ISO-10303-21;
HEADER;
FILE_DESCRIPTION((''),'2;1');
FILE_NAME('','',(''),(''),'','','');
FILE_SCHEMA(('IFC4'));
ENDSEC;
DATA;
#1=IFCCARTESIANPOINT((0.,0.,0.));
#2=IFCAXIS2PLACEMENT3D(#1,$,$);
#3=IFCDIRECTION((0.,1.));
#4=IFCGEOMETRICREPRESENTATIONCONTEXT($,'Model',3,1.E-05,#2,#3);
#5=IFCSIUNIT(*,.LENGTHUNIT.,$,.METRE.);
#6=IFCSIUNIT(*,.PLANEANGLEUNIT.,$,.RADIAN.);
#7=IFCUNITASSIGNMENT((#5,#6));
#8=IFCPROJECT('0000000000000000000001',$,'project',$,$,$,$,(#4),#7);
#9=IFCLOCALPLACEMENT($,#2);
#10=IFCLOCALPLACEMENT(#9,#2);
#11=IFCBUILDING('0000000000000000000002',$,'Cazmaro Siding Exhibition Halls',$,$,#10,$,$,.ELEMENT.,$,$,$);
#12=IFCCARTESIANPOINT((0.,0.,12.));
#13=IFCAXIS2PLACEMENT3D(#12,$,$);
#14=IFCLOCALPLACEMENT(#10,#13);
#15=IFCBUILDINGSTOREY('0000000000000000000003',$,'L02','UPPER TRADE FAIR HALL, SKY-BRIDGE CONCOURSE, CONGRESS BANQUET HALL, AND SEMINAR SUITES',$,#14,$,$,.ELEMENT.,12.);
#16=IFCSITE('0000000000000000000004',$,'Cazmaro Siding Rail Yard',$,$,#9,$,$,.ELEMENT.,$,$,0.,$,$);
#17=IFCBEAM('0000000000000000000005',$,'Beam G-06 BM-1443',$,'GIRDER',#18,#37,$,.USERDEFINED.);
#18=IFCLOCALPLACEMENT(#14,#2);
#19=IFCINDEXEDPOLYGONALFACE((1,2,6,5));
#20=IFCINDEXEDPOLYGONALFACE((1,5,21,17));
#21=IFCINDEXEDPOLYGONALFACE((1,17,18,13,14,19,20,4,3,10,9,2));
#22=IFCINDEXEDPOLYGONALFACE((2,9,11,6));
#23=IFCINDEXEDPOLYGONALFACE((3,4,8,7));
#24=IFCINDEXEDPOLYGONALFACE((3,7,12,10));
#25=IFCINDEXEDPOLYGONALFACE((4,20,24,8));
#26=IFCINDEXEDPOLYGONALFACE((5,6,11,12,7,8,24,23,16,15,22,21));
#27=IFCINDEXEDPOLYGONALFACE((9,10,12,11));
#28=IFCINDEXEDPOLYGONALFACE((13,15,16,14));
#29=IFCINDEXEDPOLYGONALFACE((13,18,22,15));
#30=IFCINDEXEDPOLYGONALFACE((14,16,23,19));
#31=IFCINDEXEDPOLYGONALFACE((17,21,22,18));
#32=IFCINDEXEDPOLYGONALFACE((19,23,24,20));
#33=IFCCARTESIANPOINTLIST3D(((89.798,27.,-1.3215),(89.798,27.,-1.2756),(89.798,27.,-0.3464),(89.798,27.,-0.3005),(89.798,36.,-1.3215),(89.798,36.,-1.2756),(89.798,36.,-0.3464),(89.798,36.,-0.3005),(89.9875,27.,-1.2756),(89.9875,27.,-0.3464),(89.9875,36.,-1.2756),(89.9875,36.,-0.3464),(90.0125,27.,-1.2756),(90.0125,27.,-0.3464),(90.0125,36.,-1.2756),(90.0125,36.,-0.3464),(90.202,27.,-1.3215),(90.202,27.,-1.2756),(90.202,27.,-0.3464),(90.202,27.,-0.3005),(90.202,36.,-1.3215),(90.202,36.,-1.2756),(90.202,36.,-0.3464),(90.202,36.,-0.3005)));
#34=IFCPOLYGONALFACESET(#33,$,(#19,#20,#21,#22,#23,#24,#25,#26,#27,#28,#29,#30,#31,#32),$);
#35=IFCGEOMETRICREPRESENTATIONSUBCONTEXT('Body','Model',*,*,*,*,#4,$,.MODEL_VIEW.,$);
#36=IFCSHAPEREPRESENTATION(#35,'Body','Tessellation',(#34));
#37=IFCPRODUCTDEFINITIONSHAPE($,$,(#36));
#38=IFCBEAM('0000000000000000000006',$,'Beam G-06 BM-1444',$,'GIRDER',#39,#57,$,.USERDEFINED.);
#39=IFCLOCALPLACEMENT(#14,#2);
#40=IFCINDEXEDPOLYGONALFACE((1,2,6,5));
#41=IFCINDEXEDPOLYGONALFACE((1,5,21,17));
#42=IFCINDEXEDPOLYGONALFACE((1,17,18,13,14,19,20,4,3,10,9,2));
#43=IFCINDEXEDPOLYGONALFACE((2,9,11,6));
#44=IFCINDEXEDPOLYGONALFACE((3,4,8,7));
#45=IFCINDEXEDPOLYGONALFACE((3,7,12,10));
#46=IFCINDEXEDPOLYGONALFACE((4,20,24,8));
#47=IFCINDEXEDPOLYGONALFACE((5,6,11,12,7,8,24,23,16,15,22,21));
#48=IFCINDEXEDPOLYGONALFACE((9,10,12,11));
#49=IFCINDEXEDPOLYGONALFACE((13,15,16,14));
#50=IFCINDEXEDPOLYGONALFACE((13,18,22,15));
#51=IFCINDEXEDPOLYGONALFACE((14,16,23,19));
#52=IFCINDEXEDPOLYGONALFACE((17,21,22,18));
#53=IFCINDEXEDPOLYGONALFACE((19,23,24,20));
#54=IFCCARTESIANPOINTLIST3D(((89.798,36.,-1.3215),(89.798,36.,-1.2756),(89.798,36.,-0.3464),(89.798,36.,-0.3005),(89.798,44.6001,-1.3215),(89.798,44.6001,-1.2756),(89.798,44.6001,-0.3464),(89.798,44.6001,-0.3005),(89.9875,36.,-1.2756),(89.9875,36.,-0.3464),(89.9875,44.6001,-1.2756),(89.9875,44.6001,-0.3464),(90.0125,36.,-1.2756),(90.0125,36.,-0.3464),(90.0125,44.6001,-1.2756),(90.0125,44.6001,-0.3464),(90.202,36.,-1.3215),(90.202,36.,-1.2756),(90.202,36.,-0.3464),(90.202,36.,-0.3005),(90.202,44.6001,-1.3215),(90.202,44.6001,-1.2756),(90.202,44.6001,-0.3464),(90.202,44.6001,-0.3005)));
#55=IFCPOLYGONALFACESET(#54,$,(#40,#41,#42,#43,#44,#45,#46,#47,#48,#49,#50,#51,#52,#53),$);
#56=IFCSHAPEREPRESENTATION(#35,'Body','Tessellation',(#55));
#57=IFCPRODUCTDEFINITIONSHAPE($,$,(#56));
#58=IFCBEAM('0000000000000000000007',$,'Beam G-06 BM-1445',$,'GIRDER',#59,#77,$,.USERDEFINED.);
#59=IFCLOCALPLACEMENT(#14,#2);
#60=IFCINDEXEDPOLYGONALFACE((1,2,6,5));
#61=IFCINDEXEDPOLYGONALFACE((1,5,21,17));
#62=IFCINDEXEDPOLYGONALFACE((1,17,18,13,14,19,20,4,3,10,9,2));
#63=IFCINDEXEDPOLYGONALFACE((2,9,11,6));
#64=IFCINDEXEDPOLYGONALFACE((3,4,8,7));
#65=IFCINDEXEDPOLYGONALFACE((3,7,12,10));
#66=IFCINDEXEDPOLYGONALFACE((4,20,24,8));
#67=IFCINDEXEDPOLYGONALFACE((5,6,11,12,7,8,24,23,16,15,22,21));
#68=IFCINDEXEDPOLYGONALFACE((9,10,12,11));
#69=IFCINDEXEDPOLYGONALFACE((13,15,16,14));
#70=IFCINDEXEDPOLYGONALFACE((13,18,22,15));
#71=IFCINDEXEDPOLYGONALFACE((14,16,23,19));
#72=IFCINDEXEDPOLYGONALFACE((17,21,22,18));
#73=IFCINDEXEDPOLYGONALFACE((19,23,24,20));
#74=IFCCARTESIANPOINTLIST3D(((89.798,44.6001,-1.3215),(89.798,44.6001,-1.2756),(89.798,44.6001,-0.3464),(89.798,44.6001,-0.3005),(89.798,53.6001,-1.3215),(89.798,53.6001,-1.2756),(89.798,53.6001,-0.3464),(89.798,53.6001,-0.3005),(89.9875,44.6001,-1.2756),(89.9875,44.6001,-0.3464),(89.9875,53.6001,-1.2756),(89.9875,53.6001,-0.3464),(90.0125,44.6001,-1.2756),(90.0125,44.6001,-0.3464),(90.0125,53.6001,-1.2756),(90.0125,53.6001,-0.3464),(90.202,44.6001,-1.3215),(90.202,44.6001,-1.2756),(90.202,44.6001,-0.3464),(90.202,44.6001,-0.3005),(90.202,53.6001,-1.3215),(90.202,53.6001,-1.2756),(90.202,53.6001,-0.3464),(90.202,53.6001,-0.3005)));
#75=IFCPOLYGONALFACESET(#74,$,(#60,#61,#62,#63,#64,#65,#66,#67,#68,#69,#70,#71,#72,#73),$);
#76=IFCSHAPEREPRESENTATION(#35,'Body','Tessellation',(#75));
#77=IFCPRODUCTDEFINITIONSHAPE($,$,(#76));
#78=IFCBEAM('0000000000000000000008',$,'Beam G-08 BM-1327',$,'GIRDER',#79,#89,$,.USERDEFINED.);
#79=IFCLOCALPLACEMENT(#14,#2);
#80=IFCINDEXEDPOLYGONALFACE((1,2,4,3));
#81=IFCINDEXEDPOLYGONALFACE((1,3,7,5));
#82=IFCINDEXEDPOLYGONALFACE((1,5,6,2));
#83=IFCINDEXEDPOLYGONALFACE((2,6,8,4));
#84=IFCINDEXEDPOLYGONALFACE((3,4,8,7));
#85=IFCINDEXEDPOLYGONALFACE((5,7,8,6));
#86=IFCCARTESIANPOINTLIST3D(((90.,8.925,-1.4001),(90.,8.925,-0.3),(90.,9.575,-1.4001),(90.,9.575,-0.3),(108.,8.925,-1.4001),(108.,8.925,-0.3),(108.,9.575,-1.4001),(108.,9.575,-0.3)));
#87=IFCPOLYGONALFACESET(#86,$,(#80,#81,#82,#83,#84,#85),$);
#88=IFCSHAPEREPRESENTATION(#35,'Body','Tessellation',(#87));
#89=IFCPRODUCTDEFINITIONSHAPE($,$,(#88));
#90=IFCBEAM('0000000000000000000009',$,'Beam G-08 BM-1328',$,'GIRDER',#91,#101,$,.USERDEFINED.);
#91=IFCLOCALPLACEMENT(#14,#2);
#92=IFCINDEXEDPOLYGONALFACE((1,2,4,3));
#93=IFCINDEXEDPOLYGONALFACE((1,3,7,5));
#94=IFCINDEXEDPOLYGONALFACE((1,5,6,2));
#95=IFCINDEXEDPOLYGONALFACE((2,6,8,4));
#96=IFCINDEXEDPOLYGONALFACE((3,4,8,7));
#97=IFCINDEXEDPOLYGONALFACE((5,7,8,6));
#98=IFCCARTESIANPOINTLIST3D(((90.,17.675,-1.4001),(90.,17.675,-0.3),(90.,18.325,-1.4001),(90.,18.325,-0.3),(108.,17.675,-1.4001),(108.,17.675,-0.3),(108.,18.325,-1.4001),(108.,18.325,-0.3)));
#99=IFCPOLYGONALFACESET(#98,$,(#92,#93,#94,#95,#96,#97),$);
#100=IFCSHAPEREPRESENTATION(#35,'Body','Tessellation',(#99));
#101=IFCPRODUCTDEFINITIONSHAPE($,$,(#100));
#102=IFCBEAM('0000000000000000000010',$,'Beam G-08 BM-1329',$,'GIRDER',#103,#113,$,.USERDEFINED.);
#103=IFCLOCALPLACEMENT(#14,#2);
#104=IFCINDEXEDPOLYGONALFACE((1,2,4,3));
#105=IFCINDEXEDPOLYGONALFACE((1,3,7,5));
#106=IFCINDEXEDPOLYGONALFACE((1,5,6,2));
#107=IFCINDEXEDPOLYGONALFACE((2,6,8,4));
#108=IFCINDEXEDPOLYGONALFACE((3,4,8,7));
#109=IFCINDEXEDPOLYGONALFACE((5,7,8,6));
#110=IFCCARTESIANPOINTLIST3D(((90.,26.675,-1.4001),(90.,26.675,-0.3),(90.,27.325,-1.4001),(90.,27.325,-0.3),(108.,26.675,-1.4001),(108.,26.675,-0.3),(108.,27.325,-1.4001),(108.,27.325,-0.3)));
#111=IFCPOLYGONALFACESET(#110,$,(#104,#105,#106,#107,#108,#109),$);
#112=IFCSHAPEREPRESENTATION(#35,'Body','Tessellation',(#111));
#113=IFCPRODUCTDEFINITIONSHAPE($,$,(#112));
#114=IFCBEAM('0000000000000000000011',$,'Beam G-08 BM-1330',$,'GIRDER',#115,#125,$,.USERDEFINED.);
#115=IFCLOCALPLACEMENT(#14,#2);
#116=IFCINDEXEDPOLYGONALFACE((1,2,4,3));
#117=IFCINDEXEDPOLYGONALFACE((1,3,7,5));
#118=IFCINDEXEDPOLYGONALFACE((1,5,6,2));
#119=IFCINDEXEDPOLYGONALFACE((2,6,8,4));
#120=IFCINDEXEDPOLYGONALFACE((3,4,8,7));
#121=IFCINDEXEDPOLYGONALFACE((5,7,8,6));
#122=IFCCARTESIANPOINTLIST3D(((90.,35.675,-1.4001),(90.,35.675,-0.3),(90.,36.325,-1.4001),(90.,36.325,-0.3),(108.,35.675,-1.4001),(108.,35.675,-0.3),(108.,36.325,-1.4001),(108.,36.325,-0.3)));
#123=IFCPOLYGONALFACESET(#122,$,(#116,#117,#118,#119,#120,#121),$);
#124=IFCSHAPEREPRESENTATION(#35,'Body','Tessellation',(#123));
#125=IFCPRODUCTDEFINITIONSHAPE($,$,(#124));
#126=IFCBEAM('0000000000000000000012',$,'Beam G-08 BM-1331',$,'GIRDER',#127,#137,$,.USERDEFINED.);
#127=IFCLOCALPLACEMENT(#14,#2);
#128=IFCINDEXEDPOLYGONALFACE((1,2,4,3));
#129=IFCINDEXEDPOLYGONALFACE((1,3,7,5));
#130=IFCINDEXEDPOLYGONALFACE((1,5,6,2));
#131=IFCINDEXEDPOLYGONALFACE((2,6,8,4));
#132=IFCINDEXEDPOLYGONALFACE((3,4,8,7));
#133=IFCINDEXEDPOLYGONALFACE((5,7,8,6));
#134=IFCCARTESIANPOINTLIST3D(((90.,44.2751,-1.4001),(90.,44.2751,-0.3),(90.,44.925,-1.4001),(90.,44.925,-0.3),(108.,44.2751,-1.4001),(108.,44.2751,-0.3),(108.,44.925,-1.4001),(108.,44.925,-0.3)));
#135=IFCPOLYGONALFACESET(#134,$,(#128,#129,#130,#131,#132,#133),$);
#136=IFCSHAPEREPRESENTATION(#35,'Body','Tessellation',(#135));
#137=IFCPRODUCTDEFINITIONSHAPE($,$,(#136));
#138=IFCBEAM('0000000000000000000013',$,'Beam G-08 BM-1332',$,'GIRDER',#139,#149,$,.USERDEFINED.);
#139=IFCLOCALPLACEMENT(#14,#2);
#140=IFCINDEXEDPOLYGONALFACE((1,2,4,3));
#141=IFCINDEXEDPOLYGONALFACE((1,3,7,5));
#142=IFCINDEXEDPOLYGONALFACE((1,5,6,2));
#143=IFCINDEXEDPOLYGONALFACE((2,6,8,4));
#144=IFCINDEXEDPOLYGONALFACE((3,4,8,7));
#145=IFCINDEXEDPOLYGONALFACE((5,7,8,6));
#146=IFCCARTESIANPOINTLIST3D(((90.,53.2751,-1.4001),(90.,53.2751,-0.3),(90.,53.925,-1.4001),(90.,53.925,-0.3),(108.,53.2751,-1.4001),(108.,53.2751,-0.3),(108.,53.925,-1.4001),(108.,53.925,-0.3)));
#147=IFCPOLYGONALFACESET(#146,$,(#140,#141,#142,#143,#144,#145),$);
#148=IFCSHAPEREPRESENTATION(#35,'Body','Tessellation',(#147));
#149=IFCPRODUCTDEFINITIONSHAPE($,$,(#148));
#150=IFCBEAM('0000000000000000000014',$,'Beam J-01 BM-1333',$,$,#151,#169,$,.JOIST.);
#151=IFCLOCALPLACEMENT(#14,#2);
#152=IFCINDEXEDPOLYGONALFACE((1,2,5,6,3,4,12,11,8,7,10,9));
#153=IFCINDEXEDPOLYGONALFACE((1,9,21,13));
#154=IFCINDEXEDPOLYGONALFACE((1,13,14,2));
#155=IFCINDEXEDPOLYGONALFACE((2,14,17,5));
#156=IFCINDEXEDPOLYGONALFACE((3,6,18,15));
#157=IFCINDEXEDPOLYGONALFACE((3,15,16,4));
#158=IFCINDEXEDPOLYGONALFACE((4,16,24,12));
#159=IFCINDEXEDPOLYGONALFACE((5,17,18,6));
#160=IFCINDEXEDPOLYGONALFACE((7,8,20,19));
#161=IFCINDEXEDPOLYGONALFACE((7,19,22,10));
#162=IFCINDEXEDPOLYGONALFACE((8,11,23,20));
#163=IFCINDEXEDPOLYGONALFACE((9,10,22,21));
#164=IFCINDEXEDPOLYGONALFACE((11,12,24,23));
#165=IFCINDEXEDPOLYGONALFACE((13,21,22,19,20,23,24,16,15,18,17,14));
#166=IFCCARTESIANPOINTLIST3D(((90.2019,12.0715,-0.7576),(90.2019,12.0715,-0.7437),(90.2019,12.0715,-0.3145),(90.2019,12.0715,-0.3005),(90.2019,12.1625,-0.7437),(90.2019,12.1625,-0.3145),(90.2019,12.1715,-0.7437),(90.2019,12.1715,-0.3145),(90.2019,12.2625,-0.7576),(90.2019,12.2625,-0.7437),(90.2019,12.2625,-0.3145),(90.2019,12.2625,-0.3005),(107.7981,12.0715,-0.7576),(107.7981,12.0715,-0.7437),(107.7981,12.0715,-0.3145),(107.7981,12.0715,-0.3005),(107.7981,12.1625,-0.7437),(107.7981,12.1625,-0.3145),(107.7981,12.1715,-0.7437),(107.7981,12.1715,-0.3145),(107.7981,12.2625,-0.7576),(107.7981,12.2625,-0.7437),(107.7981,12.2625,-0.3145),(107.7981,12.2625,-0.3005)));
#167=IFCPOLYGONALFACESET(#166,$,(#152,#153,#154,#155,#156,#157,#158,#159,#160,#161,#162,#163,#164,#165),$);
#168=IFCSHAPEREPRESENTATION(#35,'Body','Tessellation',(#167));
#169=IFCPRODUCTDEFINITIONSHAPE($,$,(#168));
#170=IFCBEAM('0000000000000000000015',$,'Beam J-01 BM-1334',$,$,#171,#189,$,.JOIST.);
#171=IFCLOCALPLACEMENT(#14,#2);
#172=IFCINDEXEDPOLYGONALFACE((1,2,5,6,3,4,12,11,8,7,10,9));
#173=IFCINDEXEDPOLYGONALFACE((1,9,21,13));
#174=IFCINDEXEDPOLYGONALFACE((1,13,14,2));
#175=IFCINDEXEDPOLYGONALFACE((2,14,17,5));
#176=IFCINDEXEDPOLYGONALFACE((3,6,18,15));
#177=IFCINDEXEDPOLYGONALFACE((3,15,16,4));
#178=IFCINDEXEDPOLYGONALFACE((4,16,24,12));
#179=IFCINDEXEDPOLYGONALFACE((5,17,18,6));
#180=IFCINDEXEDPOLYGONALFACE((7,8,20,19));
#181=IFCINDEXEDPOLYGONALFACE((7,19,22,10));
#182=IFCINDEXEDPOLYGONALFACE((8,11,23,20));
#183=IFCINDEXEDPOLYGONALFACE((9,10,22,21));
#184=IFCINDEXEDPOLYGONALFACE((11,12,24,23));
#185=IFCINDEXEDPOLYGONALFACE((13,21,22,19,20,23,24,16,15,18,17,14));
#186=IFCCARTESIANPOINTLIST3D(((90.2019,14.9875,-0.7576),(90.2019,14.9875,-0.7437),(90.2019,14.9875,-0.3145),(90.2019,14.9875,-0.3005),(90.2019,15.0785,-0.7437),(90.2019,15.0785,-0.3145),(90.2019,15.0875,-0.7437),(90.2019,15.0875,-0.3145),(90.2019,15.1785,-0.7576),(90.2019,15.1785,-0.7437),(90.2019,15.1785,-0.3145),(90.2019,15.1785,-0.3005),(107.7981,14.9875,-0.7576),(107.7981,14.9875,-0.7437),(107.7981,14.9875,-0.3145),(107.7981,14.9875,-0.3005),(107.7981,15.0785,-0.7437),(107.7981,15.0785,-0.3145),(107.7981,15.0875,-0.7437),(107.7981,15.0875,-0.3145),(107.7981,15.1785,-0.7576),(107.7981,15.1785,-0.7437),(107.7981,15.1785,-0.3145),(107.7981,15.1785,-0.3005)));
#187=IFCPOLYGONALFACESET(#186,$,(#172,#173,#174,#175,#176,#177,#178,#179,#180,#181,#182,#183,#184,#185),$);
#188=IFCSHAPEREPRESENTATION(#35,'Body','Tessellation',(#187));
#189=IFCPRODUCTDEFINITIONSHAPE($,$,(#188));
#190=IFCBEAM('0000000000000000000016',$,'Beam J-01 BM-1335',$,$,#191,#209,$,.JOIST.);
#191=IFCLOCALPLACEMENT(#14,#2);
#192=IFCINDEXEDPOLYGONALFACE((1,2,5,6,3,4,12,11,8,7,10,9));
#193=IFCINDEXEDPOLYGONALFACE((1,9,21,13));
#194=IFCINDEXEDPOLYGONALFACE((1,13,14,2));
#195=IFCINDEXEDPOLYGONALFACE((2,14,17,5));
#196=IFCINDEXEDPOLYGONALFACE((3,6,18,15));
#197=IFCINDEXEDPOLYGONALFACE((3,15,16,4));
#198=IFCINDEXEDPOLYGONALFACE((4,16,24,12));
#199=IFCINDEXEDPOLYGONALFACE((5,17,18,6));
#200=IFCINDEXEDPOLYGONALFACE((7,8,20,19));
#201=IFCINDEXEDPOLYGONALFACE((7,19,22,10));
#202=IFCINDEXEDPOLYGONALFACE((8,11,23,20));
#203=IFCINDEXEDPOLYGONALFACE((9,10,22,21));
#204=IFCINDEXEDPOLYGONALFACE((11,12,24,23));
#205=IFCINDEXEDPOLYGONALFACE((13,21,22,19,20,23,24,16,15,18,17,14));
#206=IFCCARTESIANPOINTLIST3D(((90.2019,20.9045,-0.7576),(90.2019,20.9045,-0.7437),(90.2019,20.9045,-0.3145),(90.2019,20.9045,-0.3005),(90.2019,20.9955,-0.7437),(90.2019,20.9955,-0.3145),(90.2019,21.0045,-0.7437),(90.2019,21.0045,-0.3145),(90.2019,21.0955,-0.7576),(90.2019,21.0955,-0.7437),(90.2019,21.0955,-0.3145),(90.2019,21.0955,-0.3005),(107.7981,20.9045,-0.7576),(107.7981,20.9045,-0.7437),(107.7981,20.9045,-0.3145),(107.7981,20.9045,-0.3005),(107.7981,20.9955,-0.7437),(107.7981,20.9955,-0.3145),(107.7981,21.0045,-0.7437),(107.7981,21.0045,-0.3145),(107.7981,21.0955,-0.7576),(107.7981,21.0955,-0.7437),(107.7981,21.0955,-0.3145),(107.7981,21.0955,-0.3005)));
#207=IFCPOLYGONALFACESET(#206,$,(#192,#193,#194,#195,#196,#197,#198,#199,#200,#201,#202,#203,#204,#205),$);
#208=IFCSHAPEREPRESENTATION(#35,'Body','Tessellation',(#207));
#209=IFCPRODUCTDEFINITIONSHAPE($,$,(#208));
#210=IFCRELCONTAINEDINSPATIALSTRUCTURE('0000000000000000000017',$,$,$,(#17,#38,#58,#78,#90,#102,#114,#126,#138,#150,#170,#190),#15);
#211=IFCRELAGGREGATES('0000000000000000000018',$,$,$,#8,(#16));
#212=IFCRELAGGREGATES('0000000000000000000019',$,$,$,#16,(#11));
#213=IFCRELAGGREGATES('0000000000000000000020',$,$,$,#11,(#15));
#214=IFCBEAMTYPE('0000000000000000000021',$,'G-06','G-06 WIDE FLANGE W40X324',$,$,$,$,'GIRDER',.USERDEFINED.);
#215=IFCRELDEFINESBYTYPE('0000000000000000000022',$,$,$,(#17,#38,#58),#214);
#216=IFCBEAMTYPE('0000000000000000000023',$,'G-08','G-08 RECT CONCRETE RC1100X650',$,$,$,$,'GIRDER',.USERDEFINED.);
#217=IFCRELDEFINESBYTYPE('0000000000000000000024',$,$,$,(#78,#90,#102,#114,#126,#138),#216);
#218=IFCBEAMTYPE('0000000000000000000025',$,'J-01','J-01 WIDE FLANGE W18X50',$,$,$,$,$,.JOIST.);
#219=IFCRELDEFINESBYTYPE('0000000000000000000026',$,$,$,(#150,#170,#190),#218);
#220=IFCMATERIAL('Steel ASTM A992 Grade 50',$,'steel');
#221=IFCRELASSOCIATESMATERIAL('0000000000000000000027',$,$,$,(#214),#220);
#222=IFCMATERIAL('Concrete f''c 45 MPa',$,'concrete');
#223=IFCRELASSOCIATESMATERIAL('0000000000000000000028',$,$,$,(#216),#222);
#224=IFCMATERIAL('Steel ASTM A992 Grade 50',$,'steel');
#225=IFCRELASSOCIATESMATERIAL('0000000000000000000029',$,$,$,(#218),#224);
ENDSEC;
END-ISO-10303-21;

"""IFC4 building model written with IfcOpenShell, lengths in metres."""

from ifc_helpers import new_model, si_unit, direction, frame, origin, origin_2d, place, context, subcontext, project, spatial, rectangle, i_section, extrude, material, material_profile, profile_set, type_object, element, save


model = new_model("IFC4")

# Units and contexts
model_context = context("Model", 3, precision=1e-05, world=origin(), true_north=direction((0.0, 1.0)))
body_context = subcontext(model_context, "Body", "Model", "MODEL_VIEW")
ifc_project = project(units=[si_unit("LENGTHUNIT", "METRE"), si_unit("PLANEANGLEUNIT", "RADIAN")], contexts=[model_context])

# Site, building, storey
site_placement = place(None, origin())
site = spatial("IfcSite", under=ifc_project, at=site_placement, Name="Cazmaro Siding Rail Yard", CompositionType="ELEMENT", RefElevation=0.0)
building_placement = place(site_placement, origin())
building = spatial("IfcBuilding", under=site, at=building_placement, Name="Cazmaro Siding Exhibition Halls", CompositionType="ELEMENT")
storey_placement = place(building_placement, frame((0.0, 0.0, 12.0)))
storey = spatial("IfcBuildingStorey", under=building, at=storey_placement, Name="L02", Description="UPPER TRADE FAIR HALL, SKY-BRIDGE CONCOURSE, CONGRESS BANQUET HALL, AND SEMINAR SUITES", CompositionType="ELEMENT", Elevation=12.0)

# Beams
ifc_material_1 = material(Name="Steel ASTM A992 Grade 50", Category="steel")
ifc_material_profile_1 = material_profile(ifc_material_1, i_section(OverallWidth=0.4041, OverallDepth=1.021, WebThickness=0.0249, FlangeThickness=0.0459, at=origin_2d()), Name="W40X324")
ifc_profile_set_1 = profile_set([ifc_material_profile_1], Name="Steel ASTM A992 Grade 50")
beam_type_1 = type_object("IfcBeamType", Name="G-06", Description="G-06 WIDE FLANGE W40X324", ElementType="GIRDER", PredefinedType="USERDEFINED", material=ifc_profile_set_1)
for number, where, z_axis, x_axis, name in (
    (1, (90.0, 27.0, -0.811), (0.0, 1.0, 0.0), (-1.0, 0.0, 0.0), "Beam G-06 BM-1443"),
):
    element("IfcBeam", number, at=place(storey_placement, frame(where, z_axis=z_axis, x_axis=x_axis)), inside=storey, type_object=beam_type_1, Name=name, ObjectType="GIRDER", PredefinedType="USERDEFINED", context=body_context, shape_type="SweptSolid", body=[
        extrude(i_section(OverallWidth=0.4041, OverallDepth=1.021, WebThickness=0.0249, FlangeThickness=0.0459, at=origin_2d()), origin(), (0.0, 0.0, 1.0), 9.0),
    ])
beam_1_placement = place(storey_placement, frame((90.0, 36.0, -0.811), z_axis=(0.0, 1.0, 0.0), x_axis=(-1.0, 0.0, 0.0)))
element("IfcBeam", 2, at=beam_1_placement, inside=storey, type_object=beam_type_1, Name="Beam G-06 BM-1444", ObjectType="GIRDER", PredefinedType="USERDEFINED", context=body_context, shape_type="SweptSolid", body=[
    extrude(i_section(OverallWidth=0.4041, OverallDepth=1.021, WebThickness=0.0249, FlangeThickness=0.0459, at=origin_2d()), origin(), (0.0, 0.0, 1.0), 8.6001),
])
beam_2_placement = place(storey_placement, frame((90.0, 44.6001, -0.811), z_axis=(0.0, 1.0, 0.0), x_axis=(-1.0, 0.0, 0.0)))
element("IfcBeam", 3, at=beam_2_placement, inside=storey, type_object=beam_type_1, Name="Beam G-06 BM-1445", ObjectType="GIRDER", PredefinedType="USERDEFINED", context=body_context, shape_type="SweptSolid", body=[
    extrude(i_section(OverallWidth=0.4041, OverallDepth=1.021, WebThickness=0.0249, FlangeThickness=0.0459, at=origin_2d()), origin(), (0.0, 0.0, 1.0), 9.0),
])
ifc_material_2 = material(Name="Concrete f'c 45 MPa", Category="concrete")
ifc_material_profile_2 = material_profile(ifc_material_2, rectangle(XDim=0.6499, YDim=1.1001, at=origin_2d()), Name="RC1100X650")
ifc_profile_set_2 = profile_set([ifc_material_profile_2], Name="Concrete f'c 45 MPa")
beam_type_2 = type_object("IfcBeamType", Name="G-08", Description="G-08 RECT CONCRETE RC1100X650", ElementType="GIRDER", PredefinedType="USERDEFINED", material=ifc_profile_set_2)
for number, where, z_axis, x_axis, name in (
    (4, (90.0, 9.25, -0.8501), (1.0, 0.0, 0.0), (0.0, 1.0, 0.0), "Beam G-08 BM-1327"),
    (5, (90.0, 18.0, -0.8501), (1.0, 0.0, 0.0), (0.0, 1.0, 0.0), "Beam G-08 BM-1328"),
    (6, (90.0, 27.0, -0.8501), (1.0, 0.0, 0.0), (0.0, 1.0, 0.0), "Beam G-08 BM-1329"),
    (7, (90.0, 36.0, -0.8501), (1.0, 0.0, 0.0), (0.0, 1.0, 0.0), "Beam G-08 BM-1330"),
    (8, (90.0, 44.6001, -0.8501), (1.0, 0.0, 0.0), (0.0, 1.0, 0.0), "Beam G-08 BM-1331"),
    (9, (90.0, 53.6001, -0.8501), (1.0, 0.0, 0.0), (0.0, 1.0, 0.0), "Beam G-08 BM-1332"),
):
    element("IfcBeam", number, at=place(storey_placement, frame(where, z_axis=z_axis, x_axis=x_axis)), inside=storey, type_object=beam_type_2, Name=name, ObjectType="GIRDER", PredefinedType="USERDEFINED", context=body_context, shape_type="SweptSolid", body=[
        extrude(rectangle(XDim=0.6499, YDim=1.1001, at=origin_2d()), origin(), (0.0, 0.0, 1.0), 18.0),
    ])
ifc_material_3 = material(Name="Steel ASTM A992 Grade 50", Category="steel")
ifc_material_profile_3 = material_profile(ifc_material_3, i_section(OverallWidth=0.1909, OverallDepth=0.457, WebThickness=0.009, FlangeThickness=0.0139, at=origin_2d()), Name="W18X50")
ifc_profile_set_3 = profile_set([ifc_material_profile_3], Name="Steel ASTM A992 Grade 50")
beam_type_3 = type_object("IfcBeamType", Name="J-01", Description="J-01 WIDE FLANGE W18X50", PredefinedType="JOIST", material=ifc_profile_set_3)
for number, where, z_axis, x_axis, name in (
    (10, (90.2019, 12.167, -0.5291), (1.0, 0.0, 0.0), (0.0, 1.0, 0.0), "Beam J-01 BM-1333"),
    (11, (90.2019, 15.083, -0.5291), (1.0, 0.0, 0.0), (0.0, 1.0, 0.0), "Beam J-01 BM-1334"),
    (12, (90.2019, 21.0, -0.5291), (1.0, 0.0, 0.0), (0.0, 1.0, 0.0), "Beam J-01 BM-1335"),
):
    element("IfcBeam", number, at=place(storey_placement, frame(where, z_axis=z_axis, x_axis=x_axis)), inside=storey, type_object=beam_type_3, Name=name, PredefinedType="JOIST", context=body_context, shape_type="SweptSolid", body=[
        extrude(i_section(OverallWidth=0.1909, OverallDepth=0.457, WebThickness=0.009, FlangeThickness=0.0139, at=origin_2d()), origin(), (0.0, 0.0, 1.0), 17.5962),
    ])

save(model, "model.ifc")
